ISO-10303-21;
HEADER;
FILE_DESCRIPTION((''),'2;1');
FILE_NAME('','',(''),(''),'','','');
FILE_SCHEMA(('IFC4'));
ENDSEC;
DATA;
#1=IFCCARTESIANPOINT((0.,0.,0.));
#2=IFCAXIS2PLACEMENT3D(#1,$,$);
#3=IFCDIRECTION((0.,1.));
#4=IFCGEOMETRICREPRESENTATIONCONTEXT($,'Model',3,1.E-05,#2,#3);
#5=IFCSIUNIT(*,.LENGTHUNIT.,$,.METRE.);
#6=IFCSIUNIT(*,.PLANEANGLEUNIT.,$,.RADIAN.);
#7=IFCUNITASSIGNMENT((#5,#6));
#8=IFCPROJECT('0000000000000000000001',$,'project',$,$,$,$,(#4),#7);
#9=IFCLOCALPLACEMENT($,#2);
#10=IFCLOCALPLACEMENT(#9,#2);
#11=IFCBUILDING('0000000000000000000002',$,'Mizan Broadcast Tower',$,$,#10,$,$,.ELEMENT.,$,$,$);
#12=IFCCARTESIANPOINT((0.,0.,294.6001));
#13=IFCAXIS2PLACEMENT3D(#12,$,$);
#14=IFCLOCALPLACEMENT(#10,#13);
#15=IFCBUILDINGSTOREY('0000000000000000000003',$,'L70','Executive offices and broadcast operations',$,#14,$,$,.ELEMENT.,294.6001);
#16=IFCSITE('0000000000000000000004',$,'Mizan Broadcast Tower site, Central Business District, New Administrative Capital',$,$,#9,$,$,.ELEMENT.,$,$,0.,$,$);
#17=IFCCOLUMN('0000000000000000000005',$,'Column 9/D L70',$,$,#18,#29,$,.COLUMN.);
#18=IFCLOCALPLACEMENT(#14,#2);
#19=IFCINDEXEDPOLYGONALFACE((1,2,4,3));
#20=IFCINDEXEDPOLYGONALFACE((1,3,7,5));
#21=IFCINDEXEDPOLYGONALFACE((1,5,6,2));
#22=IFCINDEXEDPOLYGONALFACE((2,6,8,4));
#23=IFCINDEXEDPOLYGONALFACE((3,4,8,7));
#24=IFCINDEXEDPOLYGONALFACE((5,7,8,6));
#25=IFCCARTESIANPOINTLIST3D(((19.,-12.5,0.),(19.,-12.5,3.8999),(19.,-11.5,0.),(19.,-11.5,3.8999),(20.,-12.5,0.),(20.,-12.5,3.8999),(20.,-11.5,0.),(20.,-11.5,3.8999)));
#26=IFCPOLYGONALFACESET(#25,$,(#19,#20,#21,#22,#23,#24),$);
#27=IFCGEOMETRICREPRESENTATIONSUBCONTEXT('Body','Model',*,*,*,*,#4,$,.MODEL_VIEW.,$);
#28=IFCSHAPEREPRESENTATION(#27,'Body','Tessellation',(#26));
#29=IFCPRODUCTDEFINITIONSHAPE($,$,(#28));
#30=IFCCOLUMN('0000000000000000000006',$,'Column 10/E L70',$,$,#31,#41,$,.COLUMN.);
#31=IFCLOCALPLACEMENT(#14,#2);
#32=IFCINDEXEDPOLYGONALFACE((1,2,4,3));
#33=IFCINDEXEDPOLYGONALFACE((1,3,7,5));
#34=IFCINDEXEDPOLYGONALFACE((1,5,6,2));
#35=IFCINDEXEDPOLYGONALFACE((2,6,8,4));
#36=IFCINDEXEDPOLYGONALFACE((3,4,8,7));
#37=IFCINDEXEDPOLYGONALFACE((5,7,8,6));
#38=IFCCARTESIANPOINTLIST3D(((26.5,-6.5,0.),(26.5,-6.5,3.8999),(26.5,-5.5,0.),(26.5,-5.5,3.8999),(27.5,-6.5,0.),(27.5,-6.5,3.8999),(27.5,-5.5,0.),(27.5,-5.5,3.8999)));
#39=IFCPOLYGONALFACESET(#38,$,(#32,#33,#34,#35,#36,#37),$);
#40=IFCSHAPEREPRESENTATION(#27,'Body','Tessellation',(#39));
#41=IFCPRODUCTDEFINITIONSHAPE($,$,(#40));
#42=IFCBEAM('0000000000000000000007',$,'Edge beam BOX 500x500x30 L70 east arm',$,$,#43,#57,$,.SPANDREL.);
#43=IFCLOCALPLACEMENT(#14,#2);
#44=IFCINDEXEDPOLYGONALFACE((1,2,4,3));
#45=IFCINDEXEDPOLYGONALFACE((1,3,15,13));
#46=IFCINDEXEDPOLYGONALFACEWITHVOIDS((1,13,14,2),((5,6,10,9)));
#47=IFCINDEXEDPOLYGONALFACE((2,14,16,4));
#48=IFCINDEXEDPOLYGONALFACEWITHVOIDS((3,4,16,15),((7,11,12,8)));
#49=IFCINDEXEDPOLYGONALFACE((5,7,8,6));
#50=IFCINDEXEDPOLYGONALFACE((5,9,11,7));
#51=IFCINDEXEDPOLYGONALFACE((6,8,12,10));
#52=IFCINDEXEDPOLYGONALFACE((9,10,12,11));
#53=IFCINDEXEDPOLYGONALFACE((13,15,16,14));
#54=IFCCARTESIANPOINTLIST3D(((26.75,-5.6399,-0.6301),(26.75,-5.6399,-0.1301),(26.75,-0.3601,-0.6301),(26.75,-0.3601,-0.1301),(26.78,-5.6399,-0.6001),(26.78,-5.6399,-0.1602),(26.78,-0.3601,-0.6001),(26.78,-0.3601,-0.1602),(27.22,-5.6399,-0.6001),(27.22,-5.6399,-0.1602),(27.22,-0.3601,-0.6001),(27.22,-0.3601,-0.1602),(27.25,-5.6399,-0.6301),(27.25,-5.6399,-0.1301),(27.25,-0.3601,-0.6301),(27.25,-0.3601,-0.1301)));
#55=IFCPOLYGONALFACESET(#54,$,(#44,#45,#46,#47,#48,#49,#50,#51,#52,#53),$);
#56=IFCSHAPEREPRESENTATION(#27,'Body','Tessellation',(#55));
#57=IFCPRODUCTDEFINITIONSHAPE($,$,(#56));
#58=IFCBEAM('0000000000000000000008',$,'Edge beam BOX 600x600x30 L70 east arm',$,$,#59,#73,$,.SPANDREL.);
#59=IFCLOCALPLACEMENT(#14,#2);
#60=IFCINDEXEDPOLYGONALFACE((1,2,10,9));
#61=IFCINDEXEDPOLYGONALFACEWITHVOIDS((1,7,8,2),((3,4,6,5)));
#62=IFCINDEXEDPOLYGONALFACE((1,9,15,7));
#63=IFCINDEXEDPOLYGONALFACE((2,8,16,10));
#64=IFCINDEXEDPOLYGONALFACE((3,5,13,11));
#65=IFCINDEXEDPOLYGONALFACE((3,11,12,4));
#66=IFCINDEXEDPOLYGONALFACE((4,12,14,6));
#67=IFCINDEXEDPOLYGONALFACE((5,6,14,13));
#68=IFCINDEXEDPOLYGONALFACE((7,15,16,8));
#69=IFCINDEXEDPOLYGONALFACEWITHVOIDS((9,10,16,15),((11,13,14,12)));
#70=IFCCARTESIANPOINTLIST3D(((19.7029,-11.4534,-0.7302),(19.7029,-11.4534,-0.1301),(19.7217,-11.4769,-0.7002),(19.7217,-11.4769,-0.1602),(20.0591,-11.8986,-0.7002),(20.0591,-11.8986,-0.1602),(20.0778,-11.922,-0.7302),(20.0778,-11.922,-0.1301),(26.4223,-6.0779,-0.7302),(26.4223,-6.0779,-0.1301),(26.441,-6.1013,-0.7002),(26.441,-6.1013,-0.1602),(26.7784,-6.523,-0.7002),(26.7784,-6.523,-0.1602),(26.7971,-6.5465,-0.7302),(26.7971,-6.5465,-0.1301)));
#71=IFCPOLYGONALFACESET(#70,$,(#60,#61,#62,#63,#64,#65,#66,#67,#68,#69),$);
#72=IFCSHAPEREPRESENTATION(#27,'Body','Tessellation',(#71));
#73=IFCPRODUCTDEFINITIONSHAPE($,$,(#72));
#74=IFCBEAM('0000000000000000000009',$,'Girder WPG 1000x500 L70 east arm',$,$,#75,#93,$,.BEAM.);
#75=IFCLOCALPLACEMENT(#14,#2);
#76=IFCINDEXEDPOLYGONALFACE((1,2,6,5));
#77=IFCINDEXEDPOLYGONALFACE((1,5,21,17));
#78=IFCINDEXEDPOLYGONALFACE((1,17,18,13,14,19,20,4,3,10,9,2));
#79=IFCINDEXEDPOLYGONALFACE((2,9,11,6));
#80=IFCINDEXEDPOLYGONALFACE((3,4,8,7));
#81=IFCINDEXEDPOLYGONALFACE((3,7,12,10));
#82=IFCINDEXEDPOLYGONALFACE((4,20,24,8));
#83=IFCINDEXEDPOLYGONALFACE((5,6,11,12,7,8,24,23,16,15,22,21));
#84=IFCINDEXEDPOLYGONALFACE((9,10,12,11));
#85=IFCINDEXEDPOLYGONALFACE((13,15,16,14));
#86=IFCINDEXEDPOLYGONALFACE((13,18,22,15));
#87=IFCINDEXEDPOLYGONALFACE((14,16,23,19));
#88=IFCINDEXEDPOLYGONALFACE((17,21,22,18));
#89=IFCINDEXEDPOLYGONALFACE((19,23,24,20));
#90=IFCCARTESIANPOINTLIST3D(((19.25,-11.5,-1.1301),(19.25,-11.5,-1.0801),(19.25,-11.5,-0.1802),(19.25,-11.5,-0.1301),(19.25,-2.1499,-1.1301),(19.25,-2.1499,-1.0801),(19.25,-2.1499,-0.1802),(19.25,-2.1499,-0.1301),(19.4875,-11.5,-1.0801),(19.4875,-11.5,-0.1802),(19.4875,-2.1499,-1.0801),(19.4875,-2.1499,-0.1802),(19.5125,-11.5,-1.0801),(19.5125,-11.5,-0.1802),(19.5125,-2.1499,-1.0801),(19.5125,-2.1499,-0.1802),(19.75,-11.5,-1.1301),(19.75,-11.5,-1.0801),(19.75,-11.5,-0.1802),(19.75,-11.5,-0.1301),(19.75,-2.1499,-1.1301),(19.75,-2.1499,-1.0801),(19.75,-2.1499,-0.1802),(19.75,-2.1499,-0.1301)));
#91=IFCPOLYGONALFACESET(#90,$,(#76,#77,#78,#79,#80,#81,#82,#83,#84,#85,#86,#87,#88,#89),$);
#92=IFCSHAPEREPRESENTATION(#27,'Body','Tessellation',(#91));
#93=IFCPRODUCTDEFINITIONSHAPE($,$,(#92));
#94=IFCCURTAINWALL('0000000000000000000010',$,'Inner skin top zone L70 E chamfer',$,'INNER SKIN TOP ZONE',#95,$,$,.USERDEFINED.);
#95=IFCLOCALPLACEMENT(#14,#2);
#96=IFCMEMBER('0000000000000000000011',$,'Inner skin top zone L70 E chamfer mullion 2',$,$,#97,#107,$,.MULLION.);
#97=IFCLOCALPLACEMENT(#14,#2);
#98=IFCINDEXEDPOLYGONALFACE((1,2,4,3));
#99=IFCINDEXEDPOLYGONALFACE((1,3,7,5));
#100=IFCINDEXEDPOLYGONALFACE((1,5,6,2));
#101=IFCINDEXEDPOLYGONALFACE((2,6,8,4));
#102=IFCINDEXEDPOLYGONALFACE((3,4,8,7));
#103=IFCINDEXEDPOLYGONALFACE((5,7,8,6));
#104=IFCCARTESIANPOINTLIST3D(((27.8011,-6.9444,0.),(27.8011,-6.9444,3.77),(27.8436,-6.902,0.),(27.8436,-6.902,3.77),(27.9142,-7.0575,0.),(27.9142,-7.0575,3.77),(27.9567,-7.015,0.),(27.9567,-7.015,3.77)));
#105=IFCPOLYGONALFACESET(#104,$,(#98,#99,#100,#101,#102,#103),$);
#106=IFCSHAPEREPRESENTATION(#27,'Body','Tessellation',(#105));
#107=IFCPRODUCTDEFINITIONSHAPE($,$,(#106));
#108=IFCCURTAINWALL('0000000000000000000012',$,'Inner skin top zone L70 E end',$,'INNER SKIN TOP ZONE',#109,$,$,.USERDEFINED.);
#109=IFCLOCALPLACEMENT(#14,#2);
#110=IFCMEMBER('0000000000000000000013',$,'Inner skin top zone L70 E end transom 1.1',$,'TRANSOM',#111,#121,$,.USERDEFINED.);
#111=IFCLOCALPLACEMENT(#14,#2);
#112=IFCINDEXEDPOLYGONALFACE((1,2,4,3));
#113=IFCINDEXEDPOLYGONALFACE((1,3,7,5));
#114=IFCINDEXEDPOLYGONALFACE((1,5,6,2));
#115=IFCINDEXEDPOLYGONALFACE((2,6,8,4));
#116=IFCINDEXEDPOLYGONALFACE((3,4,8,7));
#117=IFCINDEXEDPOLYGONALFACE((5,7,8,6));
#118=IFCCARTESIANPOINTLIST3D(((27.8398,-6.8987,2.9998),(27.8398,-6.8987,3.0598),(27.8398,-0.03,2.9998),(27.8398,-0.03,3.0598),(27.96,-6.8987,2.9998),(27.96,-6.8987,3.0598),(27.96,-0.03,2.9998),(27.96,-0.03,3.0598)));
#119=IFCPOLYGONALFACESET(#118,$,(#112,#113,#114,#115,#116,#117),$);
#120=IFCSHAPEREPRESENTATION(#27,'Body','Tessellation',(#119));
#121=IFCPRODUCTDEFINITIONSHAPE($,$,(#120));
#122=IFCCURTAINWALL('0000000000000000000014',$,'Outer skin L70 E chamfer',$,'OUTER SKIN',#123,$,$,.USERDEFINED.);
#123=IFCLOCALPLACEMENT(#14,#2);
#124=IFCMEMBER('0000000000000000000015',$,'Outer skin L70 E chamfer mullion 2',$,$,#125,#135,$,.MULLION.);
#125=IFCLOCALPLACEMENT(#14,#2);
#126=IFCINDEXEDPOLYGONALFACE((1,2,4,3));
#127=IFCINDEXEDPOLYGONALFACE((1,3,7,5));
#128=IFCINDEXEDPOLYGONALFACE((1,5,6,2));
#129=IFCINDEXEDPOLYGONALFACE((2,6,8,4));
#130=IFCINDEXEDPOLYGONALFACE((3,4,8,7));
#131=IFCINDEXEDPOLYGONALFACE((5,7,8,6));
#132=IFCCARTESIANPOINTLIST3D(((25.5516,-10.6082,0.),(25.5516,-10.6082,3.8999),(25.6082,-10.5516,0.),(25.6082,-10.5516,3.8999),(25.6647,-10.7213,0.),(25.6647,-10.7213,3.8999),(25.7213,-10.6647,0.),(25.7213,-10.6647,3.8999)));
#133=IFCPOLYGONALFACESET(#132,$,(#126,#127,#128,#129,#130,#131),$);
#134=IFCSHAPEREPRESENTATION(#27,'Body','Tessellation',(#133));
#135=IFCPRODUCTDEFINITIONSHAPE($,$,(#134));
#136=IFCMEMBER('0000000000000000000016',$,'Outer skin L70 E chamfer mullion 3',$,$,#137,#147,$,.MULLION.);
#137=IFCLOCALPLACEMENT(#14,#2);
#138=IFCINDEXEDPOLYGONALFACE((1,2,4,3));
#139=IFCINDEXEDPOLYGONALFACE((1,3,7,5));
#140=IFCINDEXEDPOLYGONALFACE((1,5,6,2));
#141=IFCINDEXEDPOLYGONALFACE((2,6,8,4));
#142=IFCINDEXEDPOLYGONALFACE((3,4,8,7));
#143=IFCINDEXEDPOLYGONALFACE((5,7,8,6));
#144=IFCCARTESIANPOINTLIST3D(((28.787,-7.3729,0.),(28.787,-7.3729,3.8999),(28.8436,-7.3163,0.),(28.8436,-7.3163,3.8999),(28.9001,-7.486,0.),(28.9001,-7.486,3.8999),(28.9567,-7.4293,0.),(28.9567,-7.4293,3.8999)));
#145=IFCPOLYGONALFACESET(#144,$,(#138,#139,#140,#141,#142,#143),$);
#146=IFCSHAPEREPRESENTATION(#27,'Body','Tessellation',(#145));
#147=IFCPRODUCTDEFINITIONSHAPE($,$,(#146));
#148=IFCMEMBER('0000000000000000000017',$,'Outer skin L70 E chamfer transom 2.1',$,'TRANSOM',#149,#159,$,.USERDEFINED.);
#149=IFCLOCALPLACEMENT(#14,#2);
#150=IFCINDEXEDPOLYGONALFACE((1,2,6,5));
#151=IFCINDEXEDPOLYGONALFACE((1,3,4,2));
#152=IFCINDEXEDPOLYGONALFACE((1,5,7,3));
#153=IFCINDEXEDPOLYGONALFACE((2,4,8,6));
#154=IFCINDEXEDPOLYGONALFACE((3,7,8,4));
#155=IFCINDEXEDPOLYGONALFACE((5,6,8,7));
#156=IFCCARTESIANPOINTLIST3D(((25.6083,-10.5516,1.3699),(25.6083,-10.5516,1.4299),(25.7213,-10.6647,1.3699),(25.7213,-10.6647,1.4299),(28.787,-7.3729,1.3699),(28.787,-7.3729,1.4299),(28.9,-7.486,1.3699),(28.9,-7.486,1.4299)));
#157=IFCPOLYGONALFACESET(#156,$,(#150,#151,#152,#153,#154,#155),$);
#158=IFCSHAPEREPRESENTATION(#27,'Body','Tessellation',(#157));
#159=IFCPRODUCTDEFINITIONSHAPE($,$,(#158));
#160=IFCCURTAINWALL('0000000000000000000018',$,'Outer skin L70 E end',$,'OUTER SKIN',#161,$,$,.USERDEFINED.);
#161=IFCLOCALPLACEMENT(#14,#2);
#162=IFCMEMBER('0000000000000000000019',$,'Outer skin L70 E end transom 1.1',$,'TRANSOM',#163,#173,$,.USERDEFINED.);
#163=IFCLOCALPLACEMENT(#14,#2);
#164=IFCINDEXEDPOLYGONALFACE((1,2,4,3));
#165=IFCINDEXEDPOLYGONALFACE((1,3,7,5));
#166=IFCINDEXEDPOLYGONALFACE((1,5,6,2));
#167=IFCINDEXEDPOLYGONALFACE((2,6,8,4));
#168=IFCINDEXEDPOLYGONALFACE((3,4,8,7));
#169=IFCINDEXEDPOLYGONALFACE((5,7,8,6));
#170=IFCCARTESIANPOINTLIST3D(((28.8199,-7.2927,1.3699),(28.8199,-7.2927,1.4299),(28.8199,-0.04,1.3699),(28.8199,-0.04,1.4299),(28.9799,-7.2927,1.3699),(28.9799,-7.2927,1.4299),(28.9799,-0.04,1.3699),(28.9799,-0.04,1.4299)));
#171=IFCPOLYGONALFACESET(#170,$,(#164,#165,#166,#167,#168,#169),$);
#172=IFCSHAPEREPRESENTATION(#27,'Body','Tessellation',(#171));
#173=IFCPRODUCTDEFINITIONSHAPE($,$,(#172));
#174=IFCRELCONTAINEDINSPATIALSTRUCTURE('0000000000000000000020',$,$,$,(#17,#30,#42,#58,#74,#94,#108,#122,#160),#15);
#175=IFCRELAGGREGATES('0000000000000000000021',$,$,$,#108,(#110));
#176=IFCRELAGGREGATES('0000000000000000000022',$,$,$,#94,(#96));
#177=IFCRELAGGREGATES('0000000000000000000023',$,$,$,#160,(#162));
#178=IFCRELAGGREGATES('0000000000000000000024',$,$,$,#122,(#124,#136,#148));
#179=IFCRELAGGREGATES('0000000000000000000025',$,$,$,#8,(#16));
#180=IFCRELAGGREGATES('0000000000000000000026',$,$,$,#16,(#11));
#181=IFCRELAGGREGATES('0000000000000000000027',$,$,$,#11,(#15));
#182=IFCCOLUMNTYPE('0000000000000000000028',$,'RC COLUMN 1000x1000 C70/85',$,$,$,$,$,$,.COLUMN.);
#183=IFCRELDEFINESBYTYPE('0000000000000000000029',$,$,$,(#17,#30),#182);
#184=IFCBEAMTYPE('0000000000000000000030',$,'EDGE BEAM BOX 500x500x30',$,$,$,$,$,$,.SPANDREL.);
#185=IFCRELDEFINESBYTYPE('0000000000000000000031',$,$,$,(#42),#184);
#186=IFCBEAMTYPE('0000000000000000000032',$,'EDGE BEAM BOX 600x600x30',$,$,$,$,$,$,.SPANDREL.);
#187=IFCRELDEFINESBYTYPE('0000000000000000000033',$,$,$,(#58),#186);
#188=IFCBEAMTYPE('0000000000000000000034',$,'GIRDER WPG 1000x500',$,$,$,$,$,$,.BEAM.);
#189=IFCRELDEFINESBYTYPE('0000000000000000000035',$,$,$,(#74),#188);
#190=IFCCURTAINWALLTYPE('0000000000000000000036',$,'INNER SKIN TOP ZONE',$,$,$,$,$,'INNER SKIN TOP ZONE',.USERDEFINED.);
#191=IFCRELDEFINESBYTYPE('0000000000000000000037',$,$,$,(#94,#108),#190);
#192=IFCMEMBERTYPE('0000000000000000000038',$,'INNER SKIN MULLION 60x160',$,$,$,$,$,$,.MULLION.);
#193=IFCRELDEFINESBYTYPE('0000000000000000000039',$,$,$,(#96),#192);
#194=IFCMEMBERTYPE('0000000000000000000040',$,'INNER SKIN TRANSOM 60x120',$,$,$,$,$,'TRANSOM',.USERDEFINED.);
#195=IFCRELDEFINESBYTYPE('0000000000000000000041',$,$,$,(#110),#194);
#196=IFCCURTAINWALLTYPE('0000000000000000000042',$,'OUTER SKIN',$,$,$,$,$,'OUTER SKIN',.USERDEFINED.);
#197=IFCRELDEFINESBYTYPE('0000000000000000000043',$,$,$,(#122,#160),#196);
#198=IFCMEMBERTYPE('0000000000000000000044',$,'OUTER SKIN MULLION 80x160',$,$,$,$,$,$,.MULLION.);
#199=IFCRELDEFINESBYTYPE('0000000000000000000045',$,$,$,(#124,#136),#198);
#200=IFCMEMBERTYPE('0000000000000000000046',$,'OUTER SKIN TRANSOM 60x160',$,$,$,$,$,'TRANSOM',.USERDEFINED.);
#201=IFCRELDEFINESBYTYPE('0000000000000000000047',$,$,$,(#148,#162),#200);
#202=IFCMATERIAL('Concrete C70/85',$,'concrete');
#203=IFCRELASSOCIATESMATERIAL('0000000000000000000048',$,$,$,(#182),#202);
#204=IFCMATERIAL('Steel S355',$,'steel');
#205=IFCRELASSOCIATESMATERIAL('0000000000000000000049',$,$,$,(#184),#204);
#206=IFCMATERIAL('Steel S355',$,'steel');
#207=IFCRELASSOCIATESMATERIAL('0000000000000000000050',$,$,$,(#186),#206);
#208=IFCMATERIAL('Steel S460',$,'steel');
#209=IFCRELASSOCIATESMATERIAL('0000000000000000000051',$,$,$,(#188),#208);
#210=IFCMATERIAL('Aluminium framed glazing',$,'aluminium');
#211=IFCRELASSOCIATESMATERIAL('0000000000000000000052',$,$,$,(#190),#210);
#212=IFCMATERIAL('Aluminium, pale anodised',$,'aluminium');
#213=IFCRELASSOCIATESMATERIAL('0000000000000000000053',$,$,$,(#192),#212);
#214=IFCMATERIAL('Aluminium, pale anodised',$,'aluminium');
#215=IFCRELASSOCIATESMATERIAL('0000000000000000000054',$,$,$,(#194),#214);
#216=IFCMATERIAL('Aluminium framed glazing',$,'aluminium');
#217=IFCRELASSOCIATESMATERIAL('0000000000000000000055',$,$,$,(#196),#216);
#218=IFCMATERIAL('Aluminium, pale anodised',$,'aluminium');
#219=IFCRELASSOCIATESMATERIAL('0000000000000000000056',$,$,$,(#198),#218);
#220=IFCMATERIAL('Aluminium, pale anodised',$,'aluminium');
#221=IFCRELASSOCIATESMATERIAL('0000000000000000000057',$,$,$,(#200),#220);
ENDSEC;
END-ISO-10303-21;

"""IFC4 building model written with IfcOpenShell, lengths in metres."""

from ifc_helpers import new_model, si_unit, direction, frame, origin, origin_2d, place, context, subcontext, project, spatial, rectangle, hollow_rectangle, i_section, extrude, material, material_profile, profile_set, type_object, element, aggregate, save


model = new_model("IFC4")

# Units and contexts
model_context = context("Model", 3, precision=1e-05, world=origin(), true_north=direction((0.0, 1.0)))
body_context = subcontext(model_context, "Body", "Model", "MODEL_VIEW")
ifc_project = project(units=[si_unit("LENGTHUNIT", "METRE"), si_unit("PLANEANGLEUNIT", "RADIAN")], contexts=[model_context])

# Site, building, storey
site_placement = place(None, origin())
site = spatial("IfcSite", under=ifc_project, at=site_placement, Name="Mizan Broadcast Tower site, Central Business District, New Administrative Capital", CompositionType="ELEMENT", RefElevation=0.0)
building_placement = place(site_placement, origin())
building = spatial("IfcBuilding", under=site, at=building_placement, Name="Mizan Broadcast Tower", CompositionType="ELEMENT")
storey_placement = place(building_placement, frame((0.0, 0.0, 294.6001)))
storey = spatial("IfcBuildingStorey", under=building, at=storey_placement, Name="L70", Description="Executive offices and broadcast operations", CompositionType="ELEMENT", Elevation=294.6001)

# Columns
ifc_material_1 = material(Name="Concrete C70/85", Category="concrete")
ifc_material_profile_1 = material_profile(ifc_material_1, rectangle(XDim=1.0, YDim=1.0, at=origin_2d()), Name="RC 1000x1000")
ifc_profile_set_1 = profile_set([ifc_material_profile_1], Name="Concrete C70/85")
column_type = type_object("IfcColumnType", Name="RC COLUMN 1000x1000 C70/85", PredefinedType="COLUMN", material=ifc_profile_set_1)
for number, where, z_axis, x_axis, name in (
    (1, (19.5, -12.0, 0.0), (0.0, 0.0, 1.0), (1.0, 0.0, 0.0), "Column 9/D L70"),
    (2, (27.0, -6.0, 0.0), (0.0, 0.0, 1.0), (1.0, 0.0, 0.0), "Column 10/E L70"),
):
    element("IfcColumn", number, at=place(storey_placement, frame(where, z_axis=z_axis, x_axis=x_axis)), inside=storey, type_object=column_type, Name=name, PredefinedType="COLUMN", context=body_context, shape_type="SweptSolid", body=[
        extrude(rectangle(XDim=1.0, YDim=1.0, at=origin_2d()), origin(), (0.0, 0.0, 1.0), 3.8999),
    ])

# Beams
ifc_material_2 = material(Name="Steel S355", Category="steel")
ifc_material_profile_2 = material_profile(ifc_material_2, hollow_rectangle(XDim=0.5, YDim=0.5, WallThickness=0.03, at=origin_2d()), Name="BOX 500x500x30")
ifc_profile_set_2 = profile_set([ifc_material_profile_2], Name="Steel S355")
beam_type_1 = type_object("IfcBeamType", Name="EDGE BEAM BOX 500x500x30", PredefinedType="SPANDREL", material=ifc_profile_set_2)
beam_1_placement = place(storey_placement, frame((27.0, -5.6399, -0.3801), z_axis=(0.0, 1.0, 0.0), x_axis=(-1.0, 0.0, 0.0)))
element("IfcBeam", 3, at=beam_1_placement, inside=storey, type_object=beam_type_1, Name="Edge beam BOX 500x500x30 L70 east arm", PredefinedType="SPANDREL", context=body_context, shape_type="SweptSolid", body=[
    extrude(hollow_rectangle(XDim=0.5, YDim=0.5, WallThickness=0.03, at=origin_2d()), origin(), (0.0, 0.0, 1.0), 5.2798),
])
ifc_material_3 = material(Name="Steel S355", Category="steel")
ifc_material_profile_3 = material_profile(ifc_material_3, hollow_rectangle(XDim=0.6001, YDim=0.6001, WallThickness=0.03, at=origin_2d()), Name="BOX 600x600x30")
ifc_profile_set_3 = profile_set([ifc_material_profile_3], Name="Steel S355")
beam_type_2 = type_object("IfcBeamType", Name="EDGE BEAM BOX 600x600x30", PredefinedType="SPANDREL", material=ifc_profile_set_3)
beam_2_placement = place(storey_placement, frame((19.8904, -11.6877, -0.4302), z_axis=(0.780863, 0.624702, 0.0), x_axis=(-0.624702, 0.780863, 0.0)))
element("IfcBeam", 4, at=beam_2_placement, inside=storey, type_object=beam_type_2, Name="Edge beam BOX 600x600x30 L70 east arm", PredefinedType="SPANDREL", context=body_context, shape_type="SweptSolid", body=[
    extrude(hollow_rectangle(XDim=0.6001, YDim=0.6001, WallThickness=0.03, at=origin_2d()), origin(), (0.0, 0.0, 1.0), 8.605),
])
ifc_material_4 = material(Name="Steel S460", Category="steel")
ifc_material_profile_4 = material_profile(ifc_material_4, i_section(OverallWidth=0.5, OverallDepth=1.0, WebThickness=0.0249, FlangeThickness=0.05, at=origin_2d()), Name="WPG 1000x500")
ifc_profile_set_4 = profile_set([ifc_material_profile_4], Name="Steel S460")
beam_type_3 = type_object("IfcBeamType", Name="GIRDER WPG 1000x500", PredefinedType="BEAM", material=ifc_profile_set_4)
beam_3_placement = place(storey_placement, frame((19.5, -11.5, -0.6301), z_axis=(0.0, 1.0, 0.0), x_axis=(-1.0, 0.0, 0.0)))
element("IfcBeam", 5, at=beam_3_placement, inside=storey, type_object=beam_type_3, Name="Girder WPG 1000x500 L70 east arm", PredefinedType="BEAM", context=body_context, shape_type="SweptSolid", body=[
    extrude(i_section(OverallWidth=0.5, OverallDepth=1.0, WebThickness=0.0249, FlangeThickness=0.05, at=origin_2d()), origin(), (0.0, 0.0, 1.0), 9.3501),
])

# Curtain walls, members
ifc_material_5 = material(Name="Aluminium framed glazing", Category="aluminium")
curtain_wall_type_1 = type_object("IfcCurtainWallType", Name="INNER SKIN TOP ZONE", ElementType="INNER SKIN TOP ZONE", PredefinedType="USERDEFINED", material=ifc_material_5)
curtain_wall_1_placement = place(storey_placement, origin())
curtain_wall_1 = element("IfcCurtainWall", 6, at=curtain_wall_1_placement, inside=storey, type_object=curtain_wall_type_1, Name="Inner skin top zone L70 E chamfer", ObjectType="INNER SKIN TOP ZONE", PredefinedType="USERDEFINED")
ifc_material_6 = material(Name="Aluminium, pale anodised", Category="aluminium")
ifc_material_profile_5 = material_profile(ifc_material_6, rectangle(XDim=0.1599, YDim=0.0601, at=origin_2d()), Name="MULLION 160x60")
ifc_profile_set_5 = profile_set([ifc_material_profile_5], Name="Aluminium, pale anodised")
member_type_1 = type_object("IfcMemberType", Name="INNER SKIN MULLION 60x160", PredefinedType="MULLION", material=ifc_profile_set_5)
member_1_placement = place(storey_placement, frame((27.8789, -6.9797, 0.0), z_axis=(0.0, 0.0, 1.0), x_axis=(-0.707107, 0.707107, 0.0)))
member_1 = element("IfcMember", 7, at=member_1_placement, type_object=member_type_1, Name="Inner skin top zone L70 E chamfer mullion 2", PredefinedType="MULLION", context=body_context, shape_type="SweptSolid", body=[
    extrude(rectangle(XDim=0.1599, YDim=0.0601, at=origin_2d()), origin(), (0.0, 0.0, 1.0), 3.77),
])
curtain_wall_2_placement = place(storey_placement, origin())
curtain_wall_2 = element("IfcCurtainWall", 8, at=curtain_wall_2_placement, inside=storey, type_object=curtain_wall_type_1, Name="Inner skin top zone L70 E end", ObjectType="INNER SKIN TOP ZONE", PredefinedType="USERDEFINED")
ifc_material_7 = material(Name="Aluminium, pale anodised", Category="aluminium")
ifc_material_profile_6 = material_profile(ifc_material_7, rectangle(XDim=0.1201, YDim=0.0601, at=origin_2d()), Name="TRANSOM 120x60")
ifc_profile_set_6 = profile_set([ifc_material_profile_6], Name="Aluminium, pale anodised")
member_type_2 = type_object("IfcMemberType", Name="INNER SKIN TRANSOM 60x120", ElementType="TRANSOM", PredefinedType="USERDEFINED", material=ifc_profile_set_6)
member_2_placement = place(storey_placement, frame((27.8999, -6.8987, 3.0298), z_axis=(0.0, 1.0, 0.0), x_axis=(-1.0, 0.0, 0.0)))
member_2 = element("IfcMember", 9, at=member_2_placement, type_object=member_type_2, Name="Inner skin top zone L70 E end transom 1.1", ObjectType="TRANSOM", PredefinedType="USERDEFINED", context=body_context, shape_type="SweptSolid", body=[
    extrude(rectangle(XDim=0.1201, YDim=0.0601, at=origin_2d()), origin(), (0.0, 0.0, 1.0), 6.8687),
])
aggregate(curtain_wall_2, [member_2])

# Curtain wall, members
ifc_material_8 = material(Name="Aluminium framed glazing", Category="aluminium")
curtain_wall_type_2 = type_object("IfcCurtainWallType", Name="OUTER SKIN", ElementType="OUTER SKIN", PredefinedType="USERDEFINED", material=ifc_material_8)
curtain_wall_3_placement = place(storey_placement, origin())
curtain_wall_3 = element("IfcCurtainWall", 10, at=curtain_wall_3_placement, inside=storey, type_object=curtain_wall_type_2, Name="Outer skin L70 E chamfer", ObjectType="OUTER SKIN", PredefinedType="USERDEFINED")
ifc_material_9 = material(Name="Aluminium, pale anodised", Category="aluminium")
ifc_material_profile_7 = material_profile(ifc_material_9, rectangle(XDim=0.1599, YDim=0.0801, at=origin_2d()), Name="MULLION 160x80")
ifc_profile_set_7 = profile_set([ifc_material_profile_7], Name="Aluminium, pale anodised")
member_type_3 = type_object("IfcMemberType", Name="OUTER SKIN MULLION 80x160", PredefinedType="MULLION", material=ifc_profile_set_7)
member_3_placement = place(storey_placement, frame((25.6365, -10.6365, 0.0), z_axis=(0.0, 0.0, 1.0), x_axis=(-0.707107, 0.707107, 0.0)))
member_3 = element("IfcMember", 11, at=member_3_placement, type_object=member_type_3, Name="Outer skin L70 E chamfer mullion 2", PredefinedType="MULLION", context=body_context, shape_type="SweptSolid", body=[
    extrude(rectangle(XDim=0.1599, YDim=0.0801, at=origin_2d()), origin(), (0.0, 0.0, 1.0), 3.8999),
])
member_4_placement = place(storey_placement, frame((28.8718, -7.4011, 0.0), z_axis=(0.0, 0.0, 1.0), x_axis=(-0.707107, 0.707107, 0.0)))
member_4 = element("IfcMember", 12, at=member_4_placement, type_object=member_type_3, Name="Outer skin L70 E chamfer mullion 3", PredefinedType="MULLION", context=body_context, shape_type="SweptSolid", body=[
    extrude(rectangle(XDim=0.1599, YDim=0.0801, at=origin_2d()), origin(), (0.0, 0.0, 1.0), 3.8999),
])
ifc_material_10 = material(Name="Aluminium, pale anodised", Category="aluminium")
ifc_material_profile_8 = material_profile(ifc_material_10, rectangle(XDim=0.1599, YDim=0.0601, at=origin_2d()), Name="TRANSOM 160x60")
ifc_profile_set_8 = profile_set([ifc_material_profile_8], Name="Aluminium, pale anodised")
member_type_4 = type_object("IfcMemberType", Name="OUTER SKIN TRANSOM 60x160", ElementType="TRANSOM", PredefinedType="USERDEFINED", material=ifc_profile_set_8)
member_5_placement = place(storey_placement, frame((25.6648, -10.6082, 1.3999), z_axis=(0.707107, 0.707107, 0.0), x_axis=(-0.707107, 0.707107, 0.0)))
member_5 = element("IfcMember", 13, at=member_5_placement, type_object=member_type_4, Name="Outer skin L70 E chamfer transom 2.1", ObjectType="TRANSOM", PredefinedType="USERDEFINED", context=body_context, shape_type="SweptSolid", body=[
    extrude(rectangle(XDim=0.1599, YDim=0.0601, at=origin_2d()), origin(), (0.0, 0.0, 1.0), 4.4954),
])

# Curtain wall, member
curtain_wall_4_placement = place(storey_placement, origin())
curtain_wall_4 = element("IfcCurtainWall", 14, at=curtain_wall_4_placement, inside=storey, type_object=curtain_wall_type_2, Name="Outer skin L70 E end", ObjectType="OUTER SKIN", PredefinedType="USERDEFINED")
member_6_placement = place(storey_placement, frame((28.8999, -7.2927, 1.3999), z_axis=(0.0, 1.0, 0.0), x_axis=(-1.0, 0.0, 0.0)))
member_6 = element("IfcMember", 15, at=member_6_placement, type_object=member_type_4, Name="Outer skin L70 E end transom 1.1", ObjectType="TRANSOM", PredefinedType="USERDEFINED", context=body_context, shape_type="SweptSolid", body=[
    extrude(rectangle(XDim=0.1599, YDim=0.0601, at=origin_2d()), origin(), (0.0, 0.0, 1.0), 7.2527),
])

aggregate(curtain_wall_1, [member_1])
aggregate(curtain_wall_4, [member_6])
aggregate(curtain_wall_3, [member_3, member_4, member_5])

save(model, "model.ifc")
